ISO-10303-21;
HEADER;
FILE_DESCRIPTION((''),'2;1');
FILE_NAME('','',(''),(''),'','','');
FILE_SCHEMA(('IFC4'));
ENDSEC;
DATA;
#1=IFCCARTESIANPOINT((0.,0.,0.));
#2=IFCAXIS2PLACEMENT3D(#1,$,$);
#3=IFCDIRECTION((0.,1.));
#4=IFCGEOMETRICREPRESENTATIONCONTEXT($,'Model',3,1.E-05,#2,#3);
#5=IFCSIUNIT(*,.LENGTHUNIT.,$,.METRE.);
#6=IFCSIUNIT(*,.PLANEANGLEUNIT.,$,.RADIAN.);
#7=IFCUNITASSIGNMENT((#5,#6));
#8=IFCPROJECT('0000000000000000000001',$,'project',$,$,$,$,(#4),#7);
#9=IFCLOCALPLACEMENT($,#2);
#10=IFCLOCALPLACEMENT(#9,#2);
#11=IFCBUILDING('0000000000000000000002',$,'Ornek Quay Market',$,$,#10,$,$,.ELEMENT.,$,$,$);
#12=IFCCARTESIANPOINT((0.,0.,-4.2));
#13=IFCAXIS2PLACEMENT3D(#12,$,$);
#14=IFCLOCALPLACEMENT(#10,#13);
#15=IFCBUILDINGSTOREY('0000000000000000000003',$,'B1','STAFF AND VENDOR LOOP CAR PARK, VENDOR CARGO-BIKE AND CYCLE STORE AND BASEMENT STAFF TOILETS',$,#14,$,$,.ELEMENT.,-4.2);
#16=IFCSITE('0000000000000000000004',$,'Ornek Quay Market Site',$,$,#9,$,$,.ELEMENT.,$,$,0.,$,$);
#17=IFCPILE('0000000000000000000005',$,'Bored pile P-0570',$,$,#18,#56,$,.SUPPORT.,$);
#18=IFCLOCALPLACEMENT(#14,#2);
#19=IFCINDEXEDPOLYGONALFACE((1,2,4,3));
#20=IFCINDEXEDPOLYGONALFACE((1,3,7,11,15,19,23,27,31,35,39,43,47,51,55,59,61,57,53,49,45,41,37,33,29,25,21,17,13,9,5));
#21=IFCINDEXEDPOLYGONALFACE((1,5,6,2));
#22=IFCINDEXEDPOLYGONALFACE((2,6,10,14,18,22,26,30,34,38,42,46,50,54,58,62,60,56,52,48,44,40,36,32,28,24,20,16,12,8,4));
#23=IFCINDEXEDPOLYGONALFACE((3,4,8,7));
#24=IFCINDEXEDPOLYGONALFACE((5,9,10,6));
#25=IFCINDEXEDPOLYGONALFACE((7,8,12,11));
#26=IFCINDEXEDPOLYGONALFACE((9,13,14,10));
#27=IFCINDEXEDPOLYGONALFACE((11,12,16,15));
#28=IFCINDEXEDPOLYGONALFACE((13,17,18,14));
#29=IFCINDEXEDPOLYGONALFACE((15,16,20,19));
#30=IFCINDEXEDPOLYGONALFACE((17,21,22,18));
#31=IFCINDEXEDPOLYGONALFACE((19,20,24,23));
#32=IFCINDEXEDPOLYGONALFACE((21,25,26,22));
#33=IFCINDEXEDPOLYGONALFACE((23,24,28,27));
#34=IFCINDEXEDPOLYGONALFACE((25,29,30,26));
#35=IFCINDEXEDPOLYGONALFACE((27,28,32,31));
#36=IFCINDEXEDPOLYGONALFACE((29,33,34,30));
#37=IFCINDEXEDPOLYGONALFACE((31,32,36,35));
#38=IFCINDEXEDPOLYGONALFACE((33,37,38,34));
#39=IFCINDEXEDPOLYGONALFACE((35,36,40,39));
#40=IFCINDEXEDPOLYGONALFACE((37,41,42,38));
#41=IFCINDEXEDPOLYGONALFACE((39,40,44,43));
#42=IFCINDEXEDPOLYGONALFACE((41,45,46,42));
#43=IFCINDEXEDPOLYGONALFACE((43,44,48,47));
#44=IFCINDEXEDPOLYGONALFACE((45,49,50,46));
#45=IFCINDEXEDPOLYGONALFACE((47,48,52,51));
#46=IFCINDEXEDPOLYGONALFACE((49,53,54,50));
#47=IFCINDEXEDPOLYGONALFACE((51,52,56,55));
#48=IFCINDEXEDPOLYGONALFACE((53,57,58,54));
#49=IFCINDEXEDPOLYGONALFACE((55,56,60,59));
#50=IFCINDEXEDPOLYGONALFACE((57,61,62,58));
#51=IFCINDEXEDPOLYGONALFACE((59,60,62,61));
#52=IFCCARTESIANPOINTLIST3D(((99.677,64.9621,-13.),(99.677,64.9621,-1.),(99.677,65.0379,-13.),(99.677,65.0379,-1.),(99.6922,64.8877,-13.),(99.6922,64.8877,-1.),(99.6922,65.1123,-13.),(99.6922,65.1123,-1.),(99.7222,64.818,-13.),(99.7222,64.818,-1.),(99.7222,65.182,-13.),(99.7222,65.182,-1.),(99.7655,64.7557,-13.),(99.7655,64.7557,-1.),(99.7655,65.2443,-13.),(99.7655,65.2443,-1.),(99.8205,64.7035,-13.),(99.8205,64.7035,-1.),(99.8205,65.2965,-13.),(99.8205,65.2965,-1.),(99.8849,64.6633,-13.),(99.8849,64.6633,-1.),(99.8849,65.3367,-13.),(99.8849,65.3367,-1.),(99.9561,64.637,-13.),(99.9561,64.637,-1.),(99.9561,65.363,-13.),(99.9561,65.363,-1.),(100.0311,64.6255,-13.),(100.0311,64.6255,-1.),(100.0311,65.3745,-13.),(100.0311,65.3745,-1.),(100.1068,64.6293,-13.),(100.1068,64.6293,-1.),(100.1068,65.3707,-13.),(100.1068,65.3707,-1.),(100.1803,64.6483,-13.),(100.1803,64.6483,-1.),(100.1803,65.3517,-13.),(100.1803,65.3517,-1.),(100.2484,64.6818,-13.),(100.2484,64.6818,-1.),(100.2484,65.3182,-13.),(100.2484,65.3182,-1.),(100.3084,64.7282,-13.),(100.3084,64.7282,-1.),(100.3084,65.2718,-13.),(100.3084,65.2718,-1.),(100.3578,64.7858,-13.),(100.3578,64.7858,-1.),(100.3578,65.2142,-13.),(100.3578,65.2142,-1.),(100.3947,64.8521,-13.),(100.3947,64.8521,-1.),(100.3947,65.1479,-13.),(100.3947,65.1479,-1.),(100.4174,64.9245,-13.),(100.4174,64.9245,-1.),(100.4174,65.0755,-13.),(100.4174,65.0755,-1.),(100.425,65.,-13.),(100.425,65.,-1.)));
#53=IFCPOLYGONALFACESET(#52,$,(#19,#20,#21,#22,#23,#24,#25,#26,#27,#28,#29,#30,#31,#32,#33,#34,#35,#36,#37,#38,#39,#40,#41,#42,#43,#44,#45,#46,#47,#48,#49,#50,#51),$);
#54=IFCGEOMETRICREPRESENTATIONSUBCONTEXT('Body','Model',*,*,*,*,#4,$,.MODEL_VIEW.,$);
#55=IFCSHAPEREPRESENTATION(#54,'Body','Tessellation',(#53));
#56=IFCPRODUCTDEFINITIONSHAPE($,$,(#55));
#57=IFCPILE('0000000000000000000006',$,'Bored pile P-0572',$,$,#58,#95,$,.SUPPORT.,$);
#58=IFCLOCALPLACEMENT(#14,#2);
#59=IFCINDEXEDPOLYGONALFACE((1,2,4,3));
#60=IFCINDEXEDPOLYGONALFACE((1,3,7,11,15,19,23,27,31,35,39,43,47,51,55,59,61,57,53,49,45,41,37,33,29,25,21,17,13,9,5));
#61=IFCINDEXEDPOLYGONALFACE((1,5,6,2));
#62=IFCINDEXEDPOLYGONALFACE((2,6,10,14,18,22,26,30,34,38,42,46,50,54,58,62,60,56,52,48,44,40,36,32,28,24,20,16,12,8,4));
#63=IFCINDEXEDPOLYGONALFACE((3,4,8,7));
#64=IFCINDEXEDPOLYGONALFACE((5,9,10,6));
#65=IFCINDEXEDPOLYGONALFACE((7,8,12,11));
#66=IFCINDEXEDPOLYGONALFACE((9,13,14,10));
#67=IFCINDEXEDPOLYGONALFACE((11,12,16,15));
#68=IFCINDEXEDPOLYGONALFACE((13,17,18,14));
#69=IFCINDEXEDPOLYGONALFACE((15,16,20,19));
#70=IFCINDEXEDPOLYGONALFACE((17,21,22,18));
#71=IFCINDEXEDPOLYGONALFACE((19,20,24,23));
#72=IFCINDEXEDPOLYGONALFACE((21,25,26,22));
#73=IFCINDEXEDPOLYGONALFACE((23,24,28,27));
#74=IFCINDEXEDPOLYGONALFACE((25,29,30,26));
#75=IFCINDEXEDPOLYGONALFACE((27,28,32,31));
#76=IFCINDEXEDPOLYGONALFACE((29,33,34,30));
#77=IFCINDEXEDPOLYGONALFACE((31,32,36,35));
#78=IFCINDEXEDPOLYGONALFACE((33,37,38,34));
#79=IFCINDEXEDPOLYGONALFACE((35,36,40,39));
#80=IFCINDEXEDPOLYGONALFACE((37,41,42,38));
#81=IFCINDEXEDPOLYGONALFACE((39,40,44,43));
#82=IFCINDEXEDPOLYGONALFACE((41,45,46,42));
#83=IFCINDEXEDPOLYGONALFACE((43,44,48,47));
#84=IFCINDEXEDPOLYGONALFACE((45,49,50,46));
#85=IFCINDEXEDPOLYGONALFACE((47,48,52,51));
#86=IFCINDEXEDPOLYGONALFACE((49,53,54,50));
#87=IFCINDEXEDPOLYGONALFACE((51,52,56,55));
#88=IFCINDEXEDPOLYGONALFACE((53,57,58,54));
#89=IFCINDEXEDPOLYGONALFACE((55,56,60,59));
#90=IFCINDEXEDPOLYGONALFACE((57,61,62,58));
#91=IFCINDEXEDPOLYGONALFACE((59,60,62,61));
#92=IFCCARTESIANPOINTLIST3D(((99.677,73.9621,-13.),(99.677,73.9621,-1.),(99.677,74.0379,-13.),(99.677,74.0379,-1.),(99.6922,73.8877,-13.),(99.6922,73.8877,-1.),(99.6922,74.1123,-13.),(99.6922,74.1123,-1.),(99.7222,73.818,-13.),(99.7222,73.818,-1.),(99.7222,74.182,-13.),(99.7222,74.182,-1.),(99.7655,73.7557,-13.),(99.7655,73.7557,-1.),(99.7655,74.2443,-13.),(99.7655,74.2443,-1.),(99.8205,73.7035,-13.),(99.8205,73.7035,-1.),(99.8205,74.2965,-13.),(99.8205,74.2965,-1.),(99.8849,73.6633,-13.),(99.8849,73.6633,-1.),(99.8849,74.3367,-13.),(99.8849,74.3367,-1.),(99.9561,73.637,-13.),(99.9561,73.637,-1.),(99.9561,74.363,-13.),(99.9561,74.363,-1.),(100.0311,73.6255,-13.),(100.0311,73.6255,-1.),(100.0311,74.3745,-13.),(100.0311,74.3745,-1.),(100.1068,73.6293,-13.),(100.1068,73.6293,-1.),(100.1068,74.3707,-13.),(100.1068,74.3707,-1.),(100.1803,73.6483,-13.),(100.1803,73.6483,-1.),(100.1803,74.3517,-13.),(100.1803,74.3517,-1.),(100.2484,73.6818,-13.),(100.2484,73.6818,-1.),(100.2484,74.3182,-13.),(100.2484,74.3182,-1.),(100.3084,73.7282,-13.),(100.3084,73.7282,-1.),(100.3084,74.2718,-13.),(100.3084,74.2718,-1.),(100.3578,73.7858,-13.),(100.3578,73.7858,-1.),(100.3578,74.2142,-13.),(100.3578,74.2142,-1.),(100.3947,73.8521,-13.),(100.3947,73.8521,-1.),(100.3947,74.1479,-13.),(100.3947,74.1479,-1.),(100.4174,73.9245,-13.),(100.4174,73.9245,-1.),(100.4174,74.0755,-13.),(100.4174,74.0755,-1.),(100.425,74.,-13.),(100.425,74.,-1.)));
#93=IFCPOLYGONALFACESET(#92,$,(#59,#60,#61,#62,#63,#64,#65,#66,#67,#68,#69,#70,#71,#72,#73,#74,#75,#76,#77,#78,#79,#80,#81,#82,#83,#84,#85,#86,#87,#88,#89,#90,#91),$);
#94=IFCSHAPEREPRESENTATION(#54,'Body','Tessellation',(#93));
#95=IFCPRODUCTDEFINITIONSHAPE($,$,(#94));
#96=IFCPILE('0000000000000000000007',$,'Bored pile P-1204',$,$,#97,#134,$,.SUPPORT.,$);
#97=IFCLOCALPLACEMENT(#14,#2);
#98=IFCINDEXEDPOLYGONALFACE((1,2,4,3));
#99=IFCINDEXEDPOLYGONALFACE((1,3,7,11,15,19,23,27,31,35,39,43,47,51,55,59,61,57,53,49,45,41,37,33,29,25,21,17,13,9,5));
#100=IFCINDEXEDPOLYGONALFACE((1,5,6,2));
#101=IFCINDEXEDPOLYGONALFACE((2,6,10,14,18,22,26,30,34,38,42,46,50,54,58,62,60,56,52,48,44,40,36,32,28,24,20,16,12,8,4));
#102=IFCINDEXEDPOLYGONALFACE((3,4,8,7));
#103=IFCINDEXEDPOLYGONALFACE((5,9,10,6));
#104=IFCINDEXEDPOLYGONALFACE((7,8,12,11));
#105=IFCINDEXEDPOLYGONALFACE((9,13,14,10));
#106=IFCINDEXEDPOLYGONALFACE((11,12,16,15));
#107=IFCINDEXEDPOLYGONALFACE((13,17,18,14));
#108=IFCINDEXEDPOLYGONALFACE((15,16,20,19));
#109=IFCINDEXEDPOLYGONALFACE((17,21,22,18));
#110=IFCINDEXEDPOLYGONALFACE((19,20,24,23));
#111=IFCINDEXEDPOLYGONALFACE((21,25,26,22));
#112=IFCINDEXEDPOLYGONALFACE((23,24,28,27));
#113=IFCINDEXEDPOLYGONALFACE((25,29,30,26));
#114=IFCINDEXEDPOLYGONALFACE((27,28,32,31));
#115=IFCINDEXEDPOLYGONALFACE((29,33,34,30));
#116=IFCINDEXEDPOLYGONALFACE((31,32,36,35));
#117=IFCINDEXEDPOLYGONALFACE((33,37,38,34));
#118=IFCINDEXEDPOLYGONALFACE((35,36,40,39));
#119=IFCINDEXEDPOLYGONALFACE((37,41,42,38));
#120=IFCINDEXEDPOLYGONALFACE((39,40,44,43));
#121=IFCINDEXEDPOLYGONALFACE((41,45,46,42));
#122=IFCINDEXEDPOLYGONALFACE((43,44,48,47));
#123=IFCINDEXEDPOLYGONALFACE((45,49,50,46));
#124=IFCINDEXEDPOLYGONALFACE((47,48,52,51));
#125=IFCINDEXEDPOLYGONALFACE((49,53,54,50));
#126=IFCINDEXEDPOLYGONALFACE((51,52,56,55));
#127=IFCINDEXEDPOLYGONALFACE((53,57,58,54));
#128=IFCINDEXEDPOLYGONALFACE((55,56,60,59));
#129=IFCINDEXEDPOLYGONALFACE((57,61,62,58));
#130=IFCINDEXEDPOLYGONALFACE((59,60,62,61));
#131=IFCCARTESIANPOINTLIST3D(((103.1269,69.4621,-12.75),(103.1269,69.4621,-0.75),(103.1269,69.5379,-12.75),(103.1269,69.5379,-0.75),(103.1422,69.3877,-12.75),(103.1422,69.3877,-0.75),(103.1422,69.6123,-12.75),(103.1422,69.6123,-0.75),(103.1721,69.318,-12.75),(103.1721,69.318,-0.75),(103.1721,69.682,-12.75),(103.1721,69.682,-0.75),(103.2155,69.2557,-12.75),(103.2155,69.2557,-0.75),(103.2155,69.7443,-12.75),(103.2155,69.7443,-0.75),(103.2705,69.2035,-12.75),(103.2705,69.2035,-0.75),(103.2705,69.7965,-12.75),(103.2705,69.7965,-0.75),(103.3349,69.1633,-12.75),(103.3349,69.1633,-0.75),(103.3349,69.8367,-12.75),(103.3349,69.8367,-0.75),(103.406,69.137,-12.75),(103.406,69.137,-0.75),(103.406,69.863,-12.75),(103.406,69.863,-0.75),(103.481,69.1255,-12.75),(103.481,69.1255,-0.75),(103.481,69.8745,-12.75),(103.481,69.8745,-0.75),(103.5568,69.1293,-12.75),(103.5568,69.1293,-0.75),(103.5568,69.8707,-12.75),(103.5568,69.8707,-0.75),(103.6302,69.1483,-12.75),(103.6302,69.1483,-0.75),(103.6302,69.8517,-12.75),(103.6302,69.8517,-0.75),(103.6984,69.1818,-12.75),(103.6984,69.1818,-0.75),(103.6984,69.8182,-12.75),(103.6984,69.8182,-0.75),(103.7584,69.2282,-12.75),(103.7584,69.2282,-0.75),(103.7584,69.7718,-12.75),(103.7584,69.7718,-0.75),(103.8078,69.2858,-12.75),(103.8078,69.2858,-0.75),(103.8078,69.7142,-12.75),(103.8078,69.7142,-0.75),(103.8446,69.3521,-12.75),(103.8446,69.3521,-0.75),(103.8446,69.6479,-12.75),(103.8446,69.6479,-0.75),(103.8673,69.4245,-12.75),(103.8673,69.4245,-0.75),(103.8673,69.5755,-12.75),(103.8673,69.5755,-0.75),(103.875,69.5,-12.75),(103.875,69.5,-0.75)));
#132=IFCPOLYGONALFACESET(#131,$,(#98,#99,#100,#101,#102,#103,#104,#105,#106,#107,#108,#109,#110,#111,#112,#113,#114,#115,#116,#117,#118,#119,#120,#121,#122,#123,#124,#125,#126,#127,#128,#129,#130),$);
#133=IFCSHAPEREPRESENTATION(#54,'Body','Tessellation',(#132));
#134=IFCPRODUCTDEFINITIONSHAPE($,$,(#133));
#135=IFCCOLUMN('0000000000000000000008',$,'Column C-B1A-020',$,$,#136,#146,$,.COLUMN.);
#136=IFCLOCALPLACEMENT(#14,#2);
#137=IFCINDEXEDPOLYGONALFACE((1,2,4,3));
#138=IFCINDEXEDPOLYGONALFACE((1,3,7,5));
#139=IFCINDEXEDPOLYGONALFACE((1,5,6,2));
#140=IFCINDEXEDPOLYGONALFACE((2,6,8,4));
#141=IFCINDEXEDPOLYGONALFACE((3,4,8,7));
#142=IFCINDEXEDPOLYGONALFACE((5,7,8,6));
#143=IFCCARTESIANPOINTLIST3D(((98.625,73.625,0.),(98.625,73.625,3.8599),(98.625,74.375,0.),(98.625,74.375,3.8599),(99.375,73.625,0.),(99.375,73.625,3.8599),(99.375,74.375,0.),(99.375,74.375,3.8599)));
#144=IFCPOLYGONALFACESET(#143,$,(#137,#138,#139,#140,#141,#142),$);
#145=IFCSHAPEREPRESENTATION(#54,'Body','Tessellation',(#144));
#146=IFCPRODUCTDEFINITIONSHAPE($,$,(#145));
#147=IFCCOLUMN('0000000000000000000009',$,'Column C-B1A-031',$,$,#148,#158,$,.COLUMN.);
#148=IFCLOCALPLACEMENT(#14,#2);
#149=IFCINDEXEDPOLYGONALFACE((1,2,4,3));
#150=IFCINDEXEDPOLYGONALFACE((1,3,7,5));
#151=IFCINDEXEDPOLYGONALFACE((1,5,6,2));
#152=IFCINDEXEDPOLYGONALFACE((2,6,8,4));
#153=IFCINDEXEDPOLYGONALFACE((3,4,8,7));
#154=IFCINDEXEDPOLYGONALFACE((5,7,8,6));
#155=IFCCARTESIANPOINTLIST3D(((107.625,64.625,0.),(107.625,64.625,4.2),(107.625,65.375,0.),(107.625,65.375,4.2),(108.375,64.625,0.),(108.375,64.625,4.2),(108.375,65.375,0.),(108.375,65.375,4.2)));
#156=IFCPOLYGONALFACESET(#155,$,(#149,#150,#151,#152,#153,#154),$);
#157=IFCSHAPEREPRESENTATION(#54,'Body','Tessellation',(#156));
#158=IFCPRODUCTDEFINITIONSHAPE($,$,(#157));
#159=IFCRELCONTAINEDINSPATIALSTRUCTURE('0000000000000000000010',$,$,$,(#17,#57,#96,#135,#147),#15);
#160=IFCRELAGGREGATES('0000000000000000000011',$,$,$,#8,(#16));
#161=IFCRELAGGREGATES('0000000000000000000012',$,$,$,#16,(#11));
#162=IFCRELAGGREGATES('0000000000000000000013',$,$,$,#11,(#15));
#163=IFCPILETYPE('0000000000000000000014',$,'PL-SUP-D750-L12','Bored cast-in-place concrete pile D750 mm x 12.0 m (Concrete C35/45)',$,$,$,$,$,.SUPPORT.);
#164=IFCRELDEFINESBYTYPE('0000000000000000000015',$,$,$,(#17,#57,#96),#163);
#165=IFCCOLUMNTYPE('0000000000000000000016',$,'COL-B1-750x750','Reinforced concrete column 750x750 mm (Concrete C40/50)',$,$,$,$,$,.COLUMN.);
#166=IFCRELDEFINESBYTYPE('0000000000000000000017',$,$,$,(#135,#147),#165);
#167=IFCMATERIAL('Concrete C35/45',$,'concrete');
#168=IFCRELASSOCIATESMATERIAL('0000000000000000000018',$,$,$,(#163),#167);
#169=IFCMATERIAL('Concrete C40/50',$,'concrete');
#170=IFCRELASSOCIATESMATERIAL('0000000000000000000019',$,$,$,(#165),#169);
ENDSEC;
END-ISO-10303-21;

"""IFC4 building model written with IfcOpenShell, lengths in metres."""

from ifc_helpers import new_model, si_unit, direction, frame, origin, origin_2d, place, context, subcontext, project, spatial, rectangle, circle, extrude, material, material_profile, profile_set, type_object, element, save


model = new_model("IFC4")

# Units and contexts
model_context = context("Model", 3, precision=1e-05, world=origin(), true_north=direction((0.0, 1.0)))
body_context = subcontext(model_context, "Body", "Model", "MODEL_VIEW")
ifc_project = project(units=[si_unit("LENGTHUNIT", "METRE"), si_unit("PLANEANGLEUNIT", "RADIAN")], contexts=[model_context])

# Site, building, storey
site_placement = place(None, origin())
site = spatial("IfcSite", under=ifc_project, at=site_placement, Name="Ornek Quay Market Site", CompositionType="ELEMENT", RefElevation=0.0)
building_placement = place(site_placement, origin())
building = spatial("IfcBuilding", under=site, at=building_placement, Name="Ornek Quay Market", CompositionType="ELEMENT")
storey_placement = place(building_placement, frame((0.0, 0.0, -4.2)))
storey = spatial("IfcBuildingStorey", under=building, at=storey_placement, Name="B1", Description="STAFF AND VENDOR LOOP CAR PARK, VENDOR CARGO-BIKE AND CYCLE STORE AND BASEMENT STAFF TOILETS", CompositionType="ELEMENT", Elevation=-4.2)

# Piles
ifc_material_1 = material(Name="Concrete C35/45", Category="concrete")
ifc_material_profile_1 = material_profile(ifc_material_1, circle(Radius=0.375, at=origin_2d()), Name="PILE D750", Category="concrete")
ifc_profile_set_1 = profile_set([ifc_material_profile_1], Name="Concrete C35/45")
pile_type_1 = type_object("IfcPileType", Name="PL-SUP-D750-L12", Description="Bored cast-in-place concrete pile D750 mm x 12.0 m (Concrete C35/45)", PredefinedType="SUPPORT", material=ifc_profile_set_1)
for number, where, z_axis, x_axis, name in (
    (1, (100.05, 65.0, -1.0), (0.0, 0.0, -1.0), (1.0, 0.0, 0.0), "Bored pile P-0570"),
    (2, (100.05, 74.0, -1.0), (0.0, 0.0, -1.0), (1.0, 0.0, 0.0), "Bored pile P-0572"),
    (3, (103.5, 69.5, -0.75), (0.0, 0.0, -1.0), (1.0, 0.0, 0.0), "Bored pile P-1204"),
):
    element("IfcPile", number, at=place(storey_placement, frame(where, z_axis=z_axis, x_axis=x_axis)), inside=storey, type_object=pile_type_1, Name=name, PredefinedType="SUPPORT", context=body_context, shape_type="SweptSolid", body=[
        extrude(circle(Radius=0.375, at=origin_2d()), origin(), (0.0, 0.0, 1.0), 12.0),
    ])

# Columns
ifc_material_2 = material(Name="Concrete C40/50", Category="concrete")
ifc_material_profile_2 = material_profile(ifc_material_2, rectangle(XDim=0.75, YDim=0.75, at=origin_2d()), Name="RC 750x750", Category="concrete")
ifc_profile_set_2 = profile_set([ifc_material_profile_2], Name="Concrete C40/50")
column_type_1 = type_object("IfcColumnType", Name="COL-B1-750x750", Description="Reinforced concrete column 750x750 mm (Concrete C40/50)", PredefinedType="COLUMN", material=ifc_profile_set_2)
column_1_placement = place(storey_placement, frame((99.0, 74.0, 0.0), z_axis=(0.0, 0.0, 1.0), x_axis=(1.0, 0.0, 0.0)))
element("IfcColumn", 4, at=column_1_placement, inside=storey, type_object=column_type_1, Name="Column C-B1A-020", PredefinedType="COLUMN", context=body_context, shape_type="SweptSolid", body=[
    extrude(rectangle(XDim=0.75, YDim=0.75, at=origin_2d()), origin(), (0.0, 0.0, 1.0), 3.8599),
])
column_2_placement = place(storey_placement, frame((108.0, 65.0, 0.0), z_axis=(0.0, 0.0, 1.0), x_axis=(1.0, 0.0, 0.0)))
element("IfcColumn", 5, at=column_2_placement, inside=storey, type_object=column_type_1, Name="Column C-B1A-031", PredefinedType="COLUMN", context=body_context, shape_type="SweptSolid", body=[
    extrude(rectangle(XDim=0.75, YDim=0.75, at=origin_2d()), origin(), (0.0, 0.0, 1.0), 4.2),
])

save(model, "model.ifc")
